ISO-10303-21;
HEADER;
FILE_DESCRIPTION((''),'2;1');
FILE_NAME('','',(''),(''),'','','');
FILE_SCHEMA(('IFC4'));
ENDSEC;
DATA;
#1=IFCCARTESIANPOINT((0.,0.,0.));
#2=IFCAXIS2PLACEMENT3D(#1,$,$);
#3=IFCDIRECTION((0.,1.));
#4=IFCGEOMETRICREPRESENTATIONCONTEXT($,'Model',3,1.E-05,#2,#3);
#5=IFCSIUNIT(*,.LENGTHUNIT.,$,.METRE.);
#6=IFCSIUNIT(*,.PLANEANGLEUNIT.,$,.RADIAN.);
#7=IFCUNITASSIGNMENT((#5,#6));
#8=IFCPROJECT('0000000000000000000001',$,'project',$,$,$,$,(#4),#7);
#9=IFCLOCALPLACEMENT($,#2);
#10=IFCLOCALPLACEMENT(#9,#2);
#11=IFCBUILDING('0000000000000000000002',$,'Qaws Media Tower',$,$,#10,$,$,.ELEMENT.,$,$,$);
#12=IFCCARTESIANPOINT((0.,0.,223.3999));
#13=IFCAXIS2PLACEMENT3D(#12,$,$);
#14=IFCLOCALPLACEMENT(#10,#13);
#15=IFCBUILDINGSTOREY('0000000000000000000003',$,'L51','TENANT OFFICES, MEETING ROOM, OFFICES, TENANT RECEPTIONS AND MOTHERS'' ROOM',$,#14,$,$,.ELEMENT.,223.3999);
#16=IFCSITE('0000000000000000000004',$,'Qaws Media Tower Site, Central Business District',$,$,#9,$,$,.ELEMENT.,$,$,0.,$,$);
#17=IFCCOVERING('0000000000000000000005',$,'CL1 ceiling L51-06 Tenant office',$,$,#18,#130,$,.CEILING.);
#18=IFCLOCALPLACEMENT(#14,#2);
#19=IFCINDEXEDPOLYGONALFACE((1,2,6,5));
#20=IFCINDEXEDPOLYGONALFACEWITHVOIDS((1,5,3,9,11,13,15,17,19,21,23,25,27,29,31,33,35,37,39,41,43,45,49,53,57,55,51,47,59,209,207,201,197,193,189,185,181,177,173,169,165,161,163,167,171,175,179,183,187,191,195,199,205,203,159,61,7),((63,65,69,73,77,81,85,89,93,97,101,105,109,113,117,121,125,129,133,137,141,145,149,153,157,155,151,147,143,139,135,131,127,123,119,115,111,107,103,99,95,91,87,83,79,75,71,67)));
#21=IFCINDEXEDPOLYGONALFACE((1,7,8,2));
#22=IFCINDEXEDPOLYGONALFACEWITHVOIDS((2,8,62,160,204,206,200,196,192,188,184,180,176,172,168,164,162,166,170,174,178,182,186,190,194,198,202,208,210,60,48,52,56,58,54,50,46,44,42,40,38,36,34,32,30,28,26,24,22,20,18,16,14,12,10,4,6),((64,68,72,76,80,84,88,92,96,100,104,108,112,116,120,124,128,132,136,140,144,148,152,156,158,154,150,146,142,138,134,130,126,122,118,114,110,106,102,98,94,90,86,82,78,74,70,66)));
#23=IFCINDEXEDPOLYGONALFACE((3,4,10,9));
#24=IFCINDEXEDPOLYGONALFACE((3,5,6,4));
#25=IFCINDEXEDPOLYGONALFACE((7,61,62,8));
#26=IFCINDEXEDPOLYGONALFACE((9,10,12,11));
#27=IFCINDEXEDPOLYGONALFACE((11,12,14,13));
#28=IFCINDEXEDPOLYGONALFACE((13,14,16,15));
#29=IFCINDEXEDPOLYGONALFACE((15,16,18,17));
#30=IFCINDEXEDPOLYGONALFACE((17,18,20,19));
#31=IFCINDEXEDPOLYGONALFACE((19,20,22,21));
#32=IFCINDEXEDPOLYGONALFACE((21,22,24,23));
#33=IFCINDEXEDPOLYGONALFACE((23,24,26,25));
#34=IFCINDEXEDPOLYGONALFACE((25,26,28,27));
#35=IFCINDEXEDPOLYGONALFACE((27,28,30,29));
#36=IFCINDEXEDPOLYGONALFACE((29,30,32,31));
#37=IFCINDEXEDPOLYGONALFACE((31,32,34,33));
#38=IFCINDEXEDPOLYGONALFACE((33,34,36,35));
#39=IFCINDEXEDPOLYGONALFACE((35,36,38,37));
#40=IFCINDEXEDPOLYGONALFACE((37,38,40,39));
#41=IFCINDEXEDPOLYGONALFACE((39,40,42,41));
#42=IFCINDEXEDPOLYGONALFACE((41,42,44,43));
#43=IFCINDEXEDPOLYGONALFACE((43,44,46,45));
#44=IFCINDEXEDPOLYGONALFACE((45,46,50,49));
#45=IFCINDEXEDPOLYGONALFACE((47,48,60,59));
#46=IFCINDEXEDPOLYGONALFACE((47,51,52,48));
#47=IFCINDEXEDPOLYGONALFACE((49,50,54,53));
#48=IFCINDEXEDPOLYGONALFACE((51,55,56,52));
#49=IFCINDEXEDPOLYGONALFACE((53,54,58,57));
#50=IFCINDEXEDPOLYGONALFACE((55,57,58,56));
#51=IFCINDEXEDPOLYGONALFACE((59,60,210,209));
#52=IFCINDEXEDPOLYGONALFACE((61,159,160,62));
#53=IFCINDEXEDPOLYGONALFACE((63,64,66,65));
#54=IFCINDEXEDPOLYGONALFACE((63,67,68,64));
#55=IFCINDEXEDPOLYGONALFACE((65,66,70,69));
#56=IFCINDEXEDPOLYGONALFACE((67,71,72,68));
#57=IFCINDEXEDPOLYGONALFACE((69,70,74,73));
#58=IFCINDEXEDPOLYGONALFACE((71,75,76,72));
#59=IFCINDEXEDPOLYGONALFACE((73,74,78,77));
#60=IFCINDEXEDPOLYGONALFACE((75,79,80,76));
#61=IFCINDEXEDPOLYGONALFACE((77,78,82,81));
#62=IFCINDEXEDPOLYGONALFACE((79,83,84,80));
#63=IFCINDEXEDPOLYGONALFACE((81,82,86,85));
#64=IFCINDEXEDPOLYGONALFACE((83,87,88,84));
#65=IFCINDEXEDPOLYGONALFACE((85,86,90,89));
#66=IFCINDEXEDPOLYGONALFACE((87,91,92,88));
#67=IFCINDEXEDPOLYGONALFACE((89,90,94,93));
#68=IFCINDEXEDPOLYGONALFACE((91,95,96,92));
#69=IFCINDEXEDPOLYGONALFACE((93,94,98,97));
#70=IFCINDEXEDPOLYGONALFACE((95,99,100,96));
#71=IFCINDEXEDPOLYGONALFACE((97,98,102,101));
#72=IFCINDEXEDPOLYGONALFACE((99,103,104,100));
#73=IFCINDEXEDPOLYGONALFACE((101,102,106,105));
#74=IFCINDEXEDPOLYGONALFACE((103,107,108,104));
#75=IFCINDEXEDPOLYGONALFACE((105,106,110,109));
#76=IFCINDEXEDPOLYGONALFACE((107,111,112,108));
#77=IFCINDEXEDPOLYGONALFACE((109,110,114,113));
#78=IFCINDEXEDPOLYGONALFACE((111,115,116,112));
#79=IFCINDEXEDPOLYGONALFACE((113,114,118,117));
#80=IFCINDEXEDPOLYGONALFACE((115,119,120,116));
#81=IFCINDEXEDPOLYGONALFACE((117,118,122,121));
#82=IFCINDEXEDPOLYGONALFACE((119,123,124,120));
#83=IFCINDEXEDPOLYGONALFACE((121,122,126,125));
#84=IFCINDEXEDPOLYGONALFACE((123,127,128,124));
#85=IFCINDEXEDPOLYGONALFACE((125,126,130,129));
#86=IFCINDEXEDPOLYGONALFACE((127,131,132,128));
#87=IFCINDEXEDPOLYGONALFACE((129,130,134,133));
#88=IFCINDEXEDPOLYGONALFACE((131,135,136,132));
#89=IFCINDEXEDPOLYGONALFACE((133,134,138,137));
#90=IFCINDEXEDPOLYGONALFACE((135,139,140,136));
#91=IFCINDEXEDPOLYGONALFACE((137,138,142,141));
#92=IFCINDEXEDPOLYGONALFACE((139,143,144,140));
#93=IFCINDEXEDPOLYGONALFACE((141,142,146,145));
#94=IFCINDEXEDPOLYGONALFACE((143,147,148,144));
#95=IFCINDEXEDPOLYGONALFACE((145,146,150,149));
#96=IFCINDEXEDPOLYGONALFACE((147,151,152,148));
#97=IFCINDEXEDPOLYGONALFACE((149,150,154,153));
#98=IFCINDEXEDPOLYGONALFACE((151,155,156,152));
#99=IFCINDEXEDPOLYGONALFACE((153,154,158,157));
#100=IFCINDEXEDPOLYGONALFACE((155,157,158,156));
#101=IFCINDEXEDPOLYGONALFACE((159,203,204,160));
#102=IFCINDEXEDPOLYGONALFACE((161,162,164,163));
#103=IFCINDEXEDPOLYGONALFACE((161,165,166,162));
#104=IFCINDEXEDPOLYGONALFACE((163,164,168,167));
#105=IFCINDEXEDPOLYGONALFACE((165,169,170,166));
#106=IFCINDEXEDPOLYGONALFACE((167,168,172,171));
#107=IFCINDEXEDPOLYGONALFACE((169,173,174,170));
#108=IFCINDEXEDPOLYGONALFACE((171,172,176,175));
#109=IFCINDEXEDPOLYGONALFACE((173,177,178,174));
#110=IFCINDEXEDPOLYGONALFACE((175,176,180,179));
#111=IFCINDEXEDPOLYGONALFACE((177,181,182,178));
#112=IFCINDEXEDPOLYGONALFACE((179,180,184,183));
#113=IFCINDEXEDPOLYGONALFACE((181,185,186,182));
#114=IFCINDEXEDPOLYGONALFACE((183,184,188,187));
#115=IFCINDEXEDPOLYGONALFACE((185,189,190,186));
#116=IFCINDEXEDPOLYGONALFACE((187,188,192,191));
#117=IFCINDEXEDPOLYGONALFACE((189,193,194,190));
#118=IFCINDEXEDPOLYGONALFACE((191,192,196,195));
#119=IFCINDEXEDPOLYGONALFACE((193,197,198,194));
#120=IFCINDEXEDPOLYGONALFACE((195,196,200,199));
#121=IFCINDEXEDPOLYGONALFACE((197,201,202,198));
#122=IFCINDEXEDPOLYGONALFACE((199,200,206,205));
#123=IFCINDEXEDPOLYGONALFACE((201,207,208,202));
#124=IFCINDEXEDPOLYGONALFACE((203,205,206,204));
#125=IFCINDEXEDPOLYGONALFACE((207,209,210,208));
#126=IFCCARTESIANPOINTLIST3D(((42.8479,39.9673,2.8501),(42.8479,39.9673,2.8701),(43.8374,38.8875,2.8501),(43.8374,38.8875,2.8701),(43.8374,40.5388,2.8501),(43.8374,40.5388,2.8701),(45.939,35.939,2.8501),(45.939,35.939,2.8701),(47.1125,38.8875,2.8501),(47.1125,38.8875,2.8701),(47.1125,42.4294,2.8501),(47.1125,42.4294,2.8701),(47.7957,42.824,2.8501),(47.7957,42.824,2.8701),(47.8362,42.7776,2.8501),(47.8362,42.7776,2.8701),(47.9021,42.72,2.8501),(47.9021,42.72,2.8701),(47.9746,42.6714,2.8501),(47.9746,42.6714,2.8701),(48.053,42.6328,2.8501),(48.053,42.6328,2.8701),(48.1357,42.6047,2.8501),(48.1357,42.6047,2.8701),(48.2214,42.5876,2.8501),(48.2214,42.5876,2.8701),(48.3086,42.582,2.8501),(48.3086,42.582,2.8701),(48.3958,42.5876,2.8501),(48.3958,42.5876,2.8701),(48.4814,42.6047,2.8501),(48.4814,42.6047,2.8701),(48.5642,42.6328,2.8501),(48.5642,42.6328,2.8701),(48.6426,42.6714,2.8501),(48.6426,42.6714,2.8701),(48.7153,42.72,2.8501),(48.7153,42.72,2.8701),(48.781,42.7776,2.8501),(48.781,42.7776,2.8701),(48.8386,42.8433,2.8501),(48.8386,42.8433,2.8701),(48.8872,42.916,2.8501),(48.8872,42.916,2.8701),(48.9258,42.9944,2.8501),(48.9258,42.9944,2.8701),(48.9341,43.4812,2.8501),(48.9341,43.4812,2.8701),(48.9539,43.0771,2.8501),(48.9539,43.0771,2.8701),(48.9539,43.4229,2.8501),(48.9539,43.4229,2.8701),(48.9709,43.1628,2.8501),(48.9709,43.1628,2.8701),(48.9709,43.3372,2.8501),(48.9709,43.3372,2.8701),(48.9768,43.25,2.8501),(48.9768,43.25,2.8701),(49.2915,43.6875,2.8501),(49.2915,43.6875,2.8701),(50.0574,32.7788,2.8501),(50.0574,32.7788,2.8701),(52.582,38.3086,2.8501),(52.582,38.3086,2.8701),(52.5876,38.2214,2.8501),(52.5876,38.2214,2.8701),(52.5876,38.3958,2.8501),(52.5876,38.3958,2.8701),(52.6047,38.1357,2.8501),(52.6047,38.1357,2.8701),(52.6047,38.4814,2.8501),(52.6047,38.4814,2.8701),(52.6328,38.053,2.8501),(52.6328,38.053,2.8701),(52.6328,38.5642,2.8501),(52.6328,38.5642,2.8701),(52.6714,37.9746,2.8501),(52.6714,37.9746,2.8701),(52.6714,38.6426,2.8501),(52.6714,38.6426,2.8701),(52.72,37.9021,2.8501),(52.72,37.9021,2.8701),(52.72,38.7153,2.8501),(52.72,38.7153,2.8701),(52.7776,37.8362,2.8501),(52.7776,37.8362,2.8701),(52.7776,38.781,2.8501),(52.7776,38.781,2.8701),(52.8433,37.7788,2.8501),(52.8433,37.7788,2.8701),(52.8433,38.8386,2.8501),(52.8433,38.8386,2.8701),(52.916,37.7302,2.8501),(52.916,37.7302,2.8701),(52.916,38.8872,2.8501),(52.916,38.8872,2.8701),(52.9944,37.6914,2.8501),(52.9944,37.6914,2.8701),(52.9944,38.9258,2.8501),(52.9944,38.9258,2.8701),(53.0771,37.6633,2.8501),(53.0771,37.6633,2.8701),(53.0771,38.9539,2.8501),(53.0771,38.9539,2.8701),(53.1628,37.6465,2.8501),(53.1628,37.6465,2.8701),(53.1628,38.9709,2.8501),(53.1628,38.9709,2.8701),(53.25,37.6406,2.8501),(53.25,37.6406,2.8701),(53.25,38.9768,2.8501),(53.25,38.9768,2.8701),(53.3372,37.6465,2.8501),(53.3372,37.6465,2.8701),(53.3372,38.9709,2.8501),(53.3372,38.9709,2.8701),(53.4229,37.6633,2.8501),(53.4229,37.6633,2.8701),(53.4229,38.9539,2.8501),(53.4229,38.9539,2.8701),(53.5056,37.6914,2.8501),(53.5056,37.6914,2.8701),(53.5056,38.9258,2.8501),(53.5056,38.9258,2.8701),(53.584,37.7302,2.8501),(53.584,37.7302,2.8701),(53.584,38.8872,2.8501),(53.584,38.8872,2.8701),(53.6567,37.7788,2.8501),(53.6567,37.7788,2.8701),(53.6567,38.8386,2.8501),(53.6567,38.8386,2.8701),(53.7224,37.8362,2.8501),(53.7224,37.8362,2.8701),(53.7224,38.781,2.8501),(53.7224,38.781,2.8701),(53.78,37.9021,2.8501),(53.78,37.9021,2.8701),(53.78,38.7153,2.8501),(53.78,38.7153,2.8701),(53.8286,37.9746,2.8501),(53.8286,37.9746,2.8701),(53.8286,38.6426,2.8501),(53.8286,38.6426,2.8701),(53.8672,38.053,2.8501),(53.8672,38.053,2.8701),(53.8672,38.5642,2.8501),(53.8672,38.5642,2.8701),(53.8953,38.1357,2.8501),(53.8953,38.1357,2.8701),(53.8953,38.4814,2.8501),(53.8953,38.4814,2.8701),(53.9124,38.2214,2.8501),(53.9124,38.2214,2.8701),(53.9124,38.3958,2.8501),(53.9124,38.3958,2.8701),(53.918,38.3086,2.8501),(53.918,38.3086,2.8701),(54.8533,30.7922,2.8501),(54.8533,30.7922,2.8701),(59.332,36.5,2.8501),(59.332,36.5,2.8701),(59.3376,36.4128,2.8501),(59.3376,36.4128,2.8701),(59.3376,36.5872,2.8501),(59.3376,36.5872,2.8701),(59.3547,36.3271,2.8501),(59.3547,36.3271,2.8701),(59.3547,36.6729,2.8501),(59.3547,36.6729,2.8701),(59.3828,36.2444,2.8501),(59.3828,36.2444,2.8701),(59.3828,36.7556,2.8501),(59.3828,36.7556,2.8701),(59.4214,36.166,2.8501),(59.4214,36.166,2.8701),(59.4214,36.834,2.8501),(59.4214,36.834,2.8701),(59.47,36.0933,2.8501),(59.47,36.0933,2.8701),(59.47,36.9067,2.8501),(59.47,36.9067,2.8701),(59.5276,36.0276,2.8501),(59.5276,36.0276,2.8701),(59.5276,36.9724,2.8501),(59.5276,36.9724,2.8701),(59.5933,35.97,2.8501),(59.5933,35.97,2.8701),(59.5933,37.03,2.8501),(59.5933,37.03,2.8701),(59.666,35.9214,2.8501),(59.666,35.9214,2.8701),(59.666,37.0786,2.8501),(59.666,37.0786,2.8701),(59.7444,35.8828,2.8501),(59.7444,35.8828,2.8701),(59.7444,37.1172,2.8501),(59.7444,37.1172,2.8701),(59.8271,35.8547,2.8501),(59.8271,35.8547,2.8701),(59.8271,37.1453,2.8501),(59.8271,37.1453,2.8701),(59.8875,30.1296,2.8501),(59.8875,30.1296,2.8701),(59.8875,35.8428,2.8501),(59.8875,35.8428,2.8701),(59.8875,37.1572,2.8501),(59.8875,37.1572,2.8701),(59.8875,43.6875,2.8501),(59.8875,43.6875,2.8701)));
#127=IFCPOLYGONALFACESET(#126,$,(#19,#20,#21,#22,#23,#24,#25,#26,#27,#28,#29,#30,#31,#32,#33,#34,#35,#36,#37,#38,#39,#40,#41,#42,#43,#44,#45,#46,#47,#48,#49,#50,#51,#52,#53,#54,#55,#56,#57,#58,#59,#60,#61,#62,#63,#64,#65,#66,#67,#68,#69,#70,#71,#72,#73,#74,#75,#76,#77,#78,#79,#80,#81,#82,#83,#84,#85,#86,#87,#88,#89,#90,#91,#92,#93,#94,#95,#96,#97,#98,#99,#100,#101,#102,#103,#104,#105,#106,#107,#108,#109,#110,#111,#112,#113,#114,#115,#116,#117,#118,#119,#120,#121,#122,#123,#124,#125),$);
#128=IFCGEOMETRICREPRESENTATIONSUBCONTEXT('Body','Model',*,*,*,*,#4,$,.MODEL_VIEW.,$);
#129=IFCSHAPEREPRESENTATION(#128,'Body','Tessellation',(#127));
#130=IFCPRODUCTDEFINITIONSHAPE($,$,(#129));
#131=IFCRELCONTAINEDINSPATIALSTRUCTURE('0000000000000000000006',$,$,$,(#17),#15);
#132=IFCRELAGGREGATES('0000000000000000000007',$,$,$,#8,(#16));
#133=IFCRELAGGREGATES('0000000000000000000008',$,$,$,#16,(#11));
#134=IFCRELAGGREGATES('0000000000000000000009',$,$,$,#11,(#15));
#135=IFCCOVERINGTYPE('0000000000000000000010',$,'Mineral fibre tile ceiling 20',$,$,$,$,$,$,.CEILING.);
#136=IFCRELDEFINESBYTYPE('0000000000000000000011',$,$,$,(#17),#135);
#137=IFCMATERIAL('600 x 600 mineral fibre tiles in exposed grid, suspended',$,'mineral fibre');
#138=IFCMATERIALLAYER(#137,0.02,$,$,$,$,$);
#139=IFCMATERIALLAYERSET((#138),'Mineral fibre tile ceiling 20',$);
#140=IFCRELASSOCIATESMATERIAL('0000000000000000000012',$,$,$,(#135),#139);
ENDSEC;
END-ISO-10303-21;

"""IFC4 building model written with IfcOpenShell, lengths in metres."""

from ifc_helpers import new_model, si_unit, direction, frame, origin, place, context, subcontext, project, spatial, polyline, outline, extrude, material, layer, layer_set, type_object, element, save


model = new_model("IFC4")

# Units and contexts
model_context = context("Model", 3, precision=1e-05, world=origin(), true_north=direction((0.0, 1.0)))
body_context = subcontext(model_context, "Body", "Model", "MODEL_VIEW")
ifc_project = project(units=[si_unit("LENGTHUNIT", "METRE"), si_unit("PLANEANGLEUNIT", "RADIAN")], contexts=[model_context])

# Site, building, storey
site_placement = place(None, origin())
site = spatial("IfcSite", under=ifc_project, at=site_placement, Name="Qaws Media Tower Site, Central Business District", CompositionType="ELEMENT", RefElevation=0.0)
building_placement = place(site_placement, origin())
building = spatial("IfcBuilding", under=site, at=building_placement, Name="Qaws Media Tower", CompositionType="ELEMENT")
storey_placement = place(building_placement, frame((0.0, 0.0, 223.3999)))
storey = spatial("IfcBuildingStorey", under=building, at=storey_placement, Name="L51", Description="TENANT OFFICES, MEETING ROOM, OFFICES, TENANT RECEPTIONS AND MOTHERS' ROOM", CompositionType="ELEMENT", Elevation=223.3999)

# Covering
ifc_material_1 = material(Name="600 x 600 mineral fibre tiles in exposed grid, suspended", Category="mineral fibre")
ifc_layer_1 = layer(ifc_material_1, 0.02)
ifc_layer_set_1 = layer_set([ifc_layer_1], Name="Mineral fibre tile ceiling 20")
covering_type_1 = type_object("IfcCoveringType", Name="Mineral fibre tile ceiling 20", PredefinedType="CEILING", material=ifc_layer_set_1)
covering_1_placement = place(storey_placement, frame((0.0, 0.0, 2.8501)))
element("IfcCovering", 1, at=covering_1_placement, inside=storey, type_object=covering_type_1, Name="CL1 ceiling L51-06 Tenant office", PredefinedType="CEILING", context=body_context, shape_type="SweptSolid", body=[
    extrude(outline(polyline([(54.8533, 30.7922), (50.0574, 32.7788), (45.939, 35.939), (42.8479, 39.9673), (43.8374, 40.5388), (43.8374, 38.8875), (47.1125, 38.8875), (47.1125, 42.4294), (47.7957, 42.824), (47.8362, 42.7776), (47.9021, 42.72), (47.9746, 42.6714), (48.053, 42.6328), (48.1357, 42.6047), (48.2214, 42.5876), (48.3086, 42.582), (48.3958, 42.5876), (48.4814, 42.6047), (48.5642, 42.6328), (48.6426, 42.6714), (48.7153, 42.72), (48.781, 42.7776), (48.8386, 42.8433), (48.8872, 42.916), (48.9258, 42.9944), (48.9539, 43.0771), (48.9709, 43.1628), (48.9768, 43.25), (48.9709, 43.3372), (48.9539, 43.4229), (48.9341, 43.4812), (49.2915, 43.6875), (59.8875, 43.6875), (59.8875, 37.1572), (59.8271, 37.1453), (59.7444, 37.1172), (59.666, 37.0786), (59.5933, 37.03), (59.5276, 36.9724), (59.47, 36.9067), (59.4214, 36.834), (59.3828, 36.7556), (59.3547, 36.6729), (59.3376, 36.5872), (59.332, 36.5), (59.3376, 36.4128), (59.3547, 36.3271), (59.3828, 36.2444), (59.4214, 36.166), (59.47, 36.0933), (59.5276, 36.0276), (59.5933, 35.97), (59.666, 35.9214), (59.7444, 35.8828), (59.8271, 35.8547), (59.8875, 35.8428), (59.8875, 30.1296), (54.8533, 30.7922)]), holes=[polyline([(53.8953, 38.1357), (53.9124, 38.2214), (53.918, 38.3086), (53.9124, 38.3958), (53.8953, 38.4814), (53.8672, 38.5642), (53.8286, 38.6426), (53.78, 38.7153), (53.7224, 38.781), (53.6567, 38.8386), (53.584, 38.8872), (53.5056, 38.9258), (53.4229, 38.9539), (53.3372, 38.9709), (53.25, 38.9768), (53.1628, 38.9709), (53.0771, 38.9539), (52.9944, 38.9258), (52.916, 38.8872), (52.8433, 38.8386), (52.7776, 38.781), (52.72, 38.7153), (52.6714, 38.6426), (52.6328, 38.5642), (52.6047, 38.4814), (52.5876, 38.3958), (52.582, 38.3086), (52.5876, 38.2214), (52.6047, 38.1357), (52.6328, 38.053), (52.6714, 37.9746), (52.72, 37.9021), (52.7776, 37.8362), (52.8433, 37.7788), (52.916, 37.7302), (52.9944, 37.6914), (53.0771, 37.6633), (53.1628, 37.6465), (53.25, 37.6406), (53.3372, 37.6465), (53.4229, 37.6633), (53.5056, 37.6914), (53.584, 37.7302), (53.6567, 37.7788), (53.7224, 37.8362), (53.78, 37.9021), (53.8286, 37.9746), (53.8672, 38.053), (53.8953, 38.1357)])]), origin(), (0.0, 0.0, 1.0), 0.02),
])

save(model, "model.ifc")
